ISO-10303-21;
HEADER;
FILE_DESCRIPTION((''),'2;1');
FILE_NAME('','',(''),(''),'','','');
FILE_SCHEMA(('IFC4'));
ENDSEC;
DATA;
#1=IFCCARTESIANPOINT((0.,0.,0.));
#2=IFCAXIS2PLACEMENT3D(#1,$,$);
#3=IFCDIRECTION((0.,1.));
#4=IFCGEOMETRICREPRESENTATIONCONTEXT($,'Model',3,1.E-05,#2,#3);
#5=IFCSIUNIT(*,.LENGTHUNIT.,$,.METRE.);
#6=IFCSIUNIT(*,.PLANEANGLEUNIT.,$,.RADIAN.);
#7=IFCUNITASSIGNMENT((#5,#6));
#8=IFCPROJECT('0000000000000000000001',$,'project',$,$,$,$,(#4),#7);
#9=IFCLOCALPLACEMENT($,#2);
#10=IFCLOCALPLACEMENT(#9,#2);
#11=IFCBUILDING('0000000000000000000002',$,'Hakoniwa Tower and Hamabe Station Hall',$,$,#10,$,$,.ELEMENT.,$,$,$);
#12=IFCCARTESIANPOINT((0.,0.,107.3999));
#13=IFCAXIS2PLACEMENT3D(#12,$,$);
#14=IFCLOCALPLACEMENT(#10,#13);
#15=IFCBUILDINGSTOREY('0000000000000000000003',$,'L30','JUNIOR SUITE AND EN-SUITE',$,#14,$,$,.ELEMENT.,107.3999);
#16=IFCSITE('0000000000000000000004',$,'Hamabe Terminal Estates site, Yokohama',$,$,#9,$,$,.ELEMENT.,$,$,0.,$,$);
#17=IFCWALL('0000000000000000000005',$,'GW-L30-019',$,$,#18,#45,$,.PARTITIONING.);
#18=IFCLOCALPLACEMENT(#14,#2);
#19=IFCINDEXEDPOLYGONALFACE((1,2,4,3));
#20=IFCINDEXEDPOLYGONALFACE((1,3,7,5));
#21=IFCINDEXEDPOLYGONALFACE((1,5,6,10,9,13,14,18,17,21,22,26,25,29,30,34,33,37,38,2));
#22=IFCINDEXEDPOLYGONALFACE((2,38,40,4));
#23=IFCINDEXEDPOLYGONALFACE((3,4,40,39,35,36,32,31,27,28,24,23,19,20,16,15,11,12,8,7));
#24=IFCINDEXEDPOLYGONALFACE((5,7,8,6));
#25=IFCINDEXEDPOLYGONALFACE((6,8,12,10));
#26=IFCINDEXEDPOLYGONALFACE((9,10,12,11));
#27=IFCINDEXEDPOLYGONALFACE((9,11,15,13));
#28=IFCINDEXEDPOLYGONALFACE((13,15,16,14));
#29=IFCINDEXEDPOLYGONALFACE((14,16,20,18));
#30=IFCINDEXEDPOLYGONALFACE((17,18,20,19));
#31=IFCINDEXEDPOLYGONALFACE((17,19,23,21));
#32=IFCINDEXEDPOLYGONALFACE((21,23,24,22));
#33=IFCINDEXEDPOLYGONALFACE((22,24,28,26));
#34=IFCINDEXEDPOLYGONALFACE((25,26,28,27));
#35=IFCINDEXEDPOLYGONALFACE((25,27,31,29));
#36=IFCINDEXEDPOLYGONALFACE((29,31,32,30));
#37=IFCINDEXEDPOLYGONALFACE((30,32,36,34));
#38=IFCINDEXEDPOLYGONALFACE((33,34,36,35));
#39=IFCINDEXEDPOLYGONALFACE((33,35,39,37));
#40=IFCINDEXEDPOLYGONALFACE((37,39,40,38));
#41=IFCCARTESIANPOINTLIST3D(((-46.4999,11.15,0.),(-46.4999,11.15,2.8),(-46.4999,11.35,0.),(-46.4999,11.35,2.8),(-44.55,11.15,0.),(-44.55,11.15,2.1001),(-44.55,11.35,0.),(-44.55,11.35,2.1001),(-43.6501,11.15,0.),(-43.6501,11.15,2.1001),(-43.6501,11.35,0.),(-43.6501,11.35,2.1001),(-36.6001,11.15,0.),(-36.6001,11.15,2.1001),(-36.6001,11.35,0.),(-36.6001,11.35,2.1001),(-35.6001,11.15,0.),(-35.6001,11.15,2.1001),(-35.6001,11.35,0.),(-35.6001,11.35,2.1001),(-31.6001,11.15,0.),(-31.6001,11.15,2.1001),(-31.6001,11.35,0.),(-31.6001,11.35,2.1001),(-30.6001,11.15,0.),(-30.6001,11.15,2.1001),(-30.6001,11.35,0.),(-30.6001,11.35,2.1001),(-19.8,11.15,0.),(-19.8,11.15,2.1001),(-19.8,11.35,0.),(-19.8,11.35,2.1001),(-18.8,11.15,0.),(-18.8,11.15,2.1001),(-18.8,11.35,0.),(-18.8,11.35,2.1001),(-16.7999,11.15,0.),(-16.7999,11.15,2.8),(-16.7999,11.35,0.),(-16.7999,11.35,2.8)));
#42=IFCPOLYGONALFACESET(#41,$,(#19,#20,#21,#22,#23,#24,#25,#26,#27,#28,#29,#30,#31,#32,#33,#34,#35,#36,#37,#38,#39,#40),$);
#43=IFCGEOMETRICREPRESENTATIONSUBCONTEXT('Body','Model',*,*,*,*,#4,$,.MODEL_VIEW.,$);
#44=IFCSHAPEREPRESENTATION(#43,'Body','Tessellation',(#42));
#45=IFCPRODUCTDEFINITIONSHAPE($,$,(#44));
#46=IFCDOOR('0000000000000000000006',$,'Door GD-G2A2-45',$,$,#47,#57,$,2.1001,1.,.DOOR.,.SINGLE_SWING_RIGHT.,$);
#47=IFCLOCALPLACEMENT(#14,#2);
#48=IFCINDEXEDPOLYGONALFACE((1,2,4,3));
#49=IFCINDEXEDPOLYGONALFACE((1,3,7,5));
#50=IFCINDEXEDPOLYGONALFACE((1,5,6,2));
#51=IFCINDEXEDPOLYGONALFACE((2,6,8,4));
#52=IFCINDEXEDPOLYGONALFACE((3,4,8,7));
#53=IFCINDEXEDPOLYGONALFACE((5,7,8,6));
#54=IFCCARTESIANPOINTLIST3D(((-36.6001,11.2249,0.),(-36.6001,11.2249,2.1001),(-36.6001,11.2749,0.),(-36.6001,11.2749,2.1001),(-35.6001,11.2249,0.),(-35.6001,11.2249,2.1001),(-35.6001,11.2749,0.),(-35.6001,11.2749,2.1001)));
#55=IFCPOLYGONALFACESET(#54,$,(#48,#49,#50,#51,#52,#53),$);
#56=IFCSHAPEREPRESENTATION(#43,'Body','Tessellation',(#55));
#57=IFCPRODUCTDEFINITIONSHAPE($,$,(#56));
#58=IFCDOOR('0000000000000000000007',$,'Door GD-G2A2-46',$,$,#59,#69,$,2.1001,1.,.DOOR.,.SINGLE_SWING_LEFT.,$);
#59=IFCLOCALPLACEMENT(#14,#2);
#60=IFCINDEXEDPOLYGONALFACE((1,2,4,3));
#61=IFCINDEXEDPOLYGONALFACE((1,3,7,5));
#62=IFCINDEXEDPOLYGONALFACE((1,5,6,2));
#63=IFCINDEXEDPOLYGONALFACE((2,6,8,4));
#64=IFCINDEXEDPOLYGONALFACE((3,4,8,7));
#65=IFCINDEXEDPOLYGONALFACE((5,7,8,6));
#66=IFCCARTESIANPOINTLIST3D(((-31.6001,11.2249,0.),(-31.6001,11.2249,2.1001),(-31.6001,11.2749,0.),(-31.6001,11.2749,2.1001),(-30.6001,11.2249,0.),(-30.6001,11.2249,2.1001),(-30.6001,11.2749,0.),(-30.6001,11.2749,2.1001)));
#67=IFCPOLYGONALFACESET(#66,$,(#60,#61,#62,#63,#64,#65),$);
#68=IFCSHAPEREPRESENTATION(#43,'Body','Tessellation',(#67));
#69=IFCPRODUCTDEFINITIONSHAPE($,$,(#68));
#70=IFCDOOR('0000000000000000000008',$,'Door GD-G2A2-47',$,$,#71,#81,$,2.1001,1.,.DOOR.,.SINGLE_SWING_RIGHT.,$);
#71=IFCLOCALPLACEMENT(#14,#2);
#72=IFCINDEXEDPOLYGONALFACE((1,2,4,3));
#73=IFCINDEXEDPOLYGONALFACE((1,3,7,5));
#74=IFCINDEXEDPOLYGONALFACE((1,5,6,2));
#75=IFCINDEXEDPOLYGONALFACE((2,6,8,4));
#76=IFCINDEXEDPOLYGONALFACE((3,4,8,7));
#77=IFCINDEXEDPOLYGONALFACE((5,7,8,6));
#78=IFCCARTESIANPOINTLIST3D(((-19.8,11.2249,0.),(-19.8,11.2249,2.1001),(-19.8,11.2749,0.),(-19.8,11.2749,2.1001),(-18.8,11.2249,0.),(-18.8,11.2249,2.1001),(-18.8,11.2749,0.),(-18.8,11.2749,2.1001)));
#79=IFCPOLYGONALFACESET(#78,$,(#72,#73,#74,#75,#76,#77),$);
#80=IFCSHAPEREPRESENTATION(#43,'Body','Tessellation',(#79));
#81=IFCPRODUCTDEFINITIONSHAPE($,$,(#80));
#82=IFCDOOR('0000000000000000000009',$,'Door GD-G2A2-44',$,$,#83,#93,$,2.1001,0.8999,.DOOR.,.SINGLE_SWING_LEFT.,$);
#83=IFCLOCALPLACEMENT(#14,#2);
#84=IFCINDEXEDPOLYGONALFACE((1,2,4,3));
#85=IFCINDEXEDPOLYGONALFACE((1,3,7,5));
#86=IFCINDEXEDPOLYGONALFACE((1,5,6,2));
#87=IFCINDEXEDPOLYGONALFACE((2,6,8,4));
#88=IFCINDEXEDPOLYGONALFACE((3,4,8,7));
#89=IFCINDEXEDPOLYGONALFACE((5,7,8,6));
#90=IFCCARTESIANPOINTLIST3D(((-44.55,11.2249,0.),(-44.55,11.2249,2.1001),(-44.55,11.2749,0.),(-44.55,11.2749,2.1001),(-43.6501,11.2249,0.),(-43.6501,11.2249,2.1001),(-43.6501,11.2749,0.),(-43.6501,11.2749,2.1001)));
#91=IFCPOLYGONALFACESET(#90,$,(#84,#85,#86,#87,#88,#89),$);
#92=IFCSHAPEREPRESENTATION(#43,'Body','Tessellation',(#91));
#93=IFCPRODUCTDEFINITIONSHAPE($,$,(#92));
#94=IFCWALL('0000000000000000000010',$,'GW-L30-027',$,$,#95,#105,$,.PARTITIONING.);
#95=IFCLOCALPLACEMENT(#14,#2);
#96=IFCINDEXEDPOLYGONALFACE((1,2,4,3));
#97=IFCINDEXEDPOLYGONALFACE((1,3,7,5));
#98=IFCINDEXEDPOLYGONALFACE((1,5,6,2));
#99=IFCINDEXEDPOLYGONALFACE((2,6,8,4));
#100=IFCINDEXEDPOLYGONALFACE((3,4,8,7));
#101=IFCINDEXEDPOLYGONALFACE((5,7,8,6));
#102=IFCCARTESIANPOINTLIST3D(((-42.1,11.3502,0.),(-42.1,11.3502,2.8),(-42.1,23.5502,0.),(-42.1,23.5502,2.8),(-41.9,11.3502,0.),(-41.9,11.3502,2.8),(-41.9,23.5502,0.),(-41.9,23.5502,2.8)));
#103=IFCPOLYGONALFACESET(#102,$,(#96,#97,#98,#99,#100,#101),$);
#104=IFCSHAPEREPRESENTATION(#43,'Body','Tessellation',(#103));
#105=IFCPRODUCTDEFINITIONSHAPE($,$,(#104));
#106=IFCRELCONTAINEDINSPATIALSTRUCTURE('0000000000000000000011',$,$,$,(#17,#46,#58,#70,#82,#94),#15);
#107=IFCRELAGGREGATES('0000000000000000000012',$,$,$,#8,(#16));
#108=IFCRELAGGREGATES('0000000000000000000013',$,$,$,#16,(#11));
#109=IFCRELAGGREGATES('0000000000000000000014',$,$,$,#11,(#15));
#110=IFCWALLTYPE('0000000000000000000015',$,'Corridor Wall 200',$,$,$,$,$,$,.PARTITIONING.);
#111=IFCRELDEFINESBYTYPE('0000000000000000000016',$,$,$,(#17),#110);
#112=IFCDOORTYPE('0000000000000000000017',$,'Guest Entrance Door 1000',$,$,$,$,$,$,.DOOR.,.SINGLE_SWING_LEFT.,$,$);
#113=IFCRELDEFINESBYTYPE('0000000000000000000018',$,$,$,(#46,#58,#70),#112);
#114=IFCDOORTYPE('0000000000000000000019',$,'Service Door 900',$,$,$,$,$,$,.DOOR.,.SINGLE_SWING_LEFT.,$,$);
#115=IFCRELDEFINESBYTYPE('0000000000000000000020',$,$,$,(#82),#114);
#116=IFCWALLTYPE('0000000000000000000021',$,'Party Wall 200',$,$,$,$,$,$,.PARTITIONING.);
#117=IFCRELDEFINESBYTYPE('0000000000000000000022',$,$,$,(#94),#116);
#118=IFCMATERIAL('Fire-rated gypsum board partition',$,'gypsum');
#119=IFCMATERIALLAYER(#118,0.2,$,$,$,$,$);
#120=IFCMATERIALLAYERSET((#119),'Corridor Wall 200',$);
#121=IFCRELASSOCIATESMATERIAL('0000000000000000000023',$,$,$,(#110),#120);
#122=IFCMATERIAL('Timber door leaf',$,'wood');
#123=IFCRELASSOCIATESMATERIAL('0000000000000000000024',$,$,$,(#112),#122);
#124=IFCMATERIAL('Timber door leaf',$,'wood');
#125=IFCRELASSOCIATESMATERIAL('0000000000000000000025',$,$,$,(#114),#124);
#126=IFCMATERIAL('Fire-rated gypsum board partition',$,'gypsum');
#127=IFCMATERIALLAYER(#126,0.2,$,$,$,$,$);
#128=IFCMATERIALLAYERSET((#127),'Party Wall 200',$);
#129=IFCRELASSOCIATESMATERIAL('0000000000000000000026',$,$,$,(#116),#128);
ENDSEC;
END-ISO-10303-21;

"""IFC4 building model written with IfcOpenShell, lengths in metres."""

from ifc_helpers import new_model, si_unit, direction, frame, frame_2d, origin, place, context, subcontext, project, spatial, rectangle, extrude, material, layer, layer_set, type_object, element, fill, save


model = new_model("IFC4")

# Units and contexts
model_context = context("Model", 3, precision=1e-05, world=origin(), true_north=direction((0.0, 1.0)))
body_context = subcontext(model_context, "Body", "Model", "MODEL_VIEW")
ifc_project = project(units=[si_unit("LENGTHUNIT", "METRE"), si_unit("PLANEANGLEUNIT", "RADIAN")], contexts=[model_context])

# Site, building, storey
site_placement = place(None, origin())
site = spatial("IfcSite", under=ifc_project, at=site_placement, Name="Hamabe Terminal Estates site, Yokohama", CompositionType="ELEMENT", RefElevation=0.0)
building_placement = place(site_placement, origin())
building = spatial("IfcBuilding", under=site, at=building_placement, Name="Hakoniwa Tower and Hamabe Station Hall", CompositionType="ELEMENT")
storey_placement = place(building_placement, frame((0.0, 0.0, 107.3999)))
storey = spatial("IfcBuildingStorey", under=building, at=storey_placement, Name="L30", Description="JUNIOR SUITE AND EN-SUITE", CompositionType="ELEMENT", Elevation=107.3999)

# Shared definitions
ifc_material_1 = material(Name="Fire-rated gypsum board partition", Category="gypsum")
ifc_layer_1 = layer(ifc_material_1, 0.2)
ifc_layer_set_1 = layer_set([ifc_layer_1], Name="Corridor Wall 200")
wall_type_1 = type_object("IfcWallType", Name="Corridor Wall 200", PredefinedType="PARTITIONING", material=ifc_layer_set_1)
ifc_material_2 = material(Name="Timber door leaf", Category="wood")
door_type_1 = type_object("IfcDoorType", Name="Guest Entrance Door 1000", OperationType="SINGLE_SWING_LEFT", PredefinedType="DOOR", material=ifc_material_2)

# Wall, openings, doors
wall_1_placement = place(storey_placement, frame((-46.5, 11.25, 0.0), z_axis=(0.0, 0.0, 1.0), x_axis=(1.0, 0.0, 0.0)))
wall_1 = element("IfcWall", 1, at=wall_1_placement, inside=storey, type_object=wall_type_1, Name="GW-L30-019", PredefinedType="PARTITIONING", context=body_context, shape_type="SweptSolid", body=[
    extrude(rectangle(XDim=29.7, YDim=0.2, at=frame_2d((14.8501, 0.0))), origin(), (0.0, 0.0, 1.0), 2.8),
])
opening_1_placement = place(wall_1_placement, frame((1.95, 0.0, 0.0)))
opening_1 = element("IfcOpeningElement", 2, at=opening_1_placement, cuts=wall_1, PredefinedType="OPENING", context=body_context, shape_type="SweptSolid", body=[
    extrude(rectangle(XDim=0.8999, YDim=2.1001, at=frame_2d((0.45, 1.05))), frame((0.0, 0.1099, 0.0), z_axis=(0.0, -1.0, 0.0), x_axis=(1.0, 0.0, 0.0)), (0.0, 0.0, 1.0), 0.22),
])
opening_2_placement = place(wall_1_placement, frame((9.8999, 0.0, 0.0)))
opening_2 = element("IfcOpeningElement", 3, at=opening_2_placement, cuts=wall_1, PredefinedType="OPENING", context=body_context, shape_type="SweptSolid", body=[
    extrude(rectangle(XDim=1.0, YDim=2.1001, at=frame_2d((0.5, 1.05))), frame((0.0, 0.1099, 0.0), z_axis=(0.0, -1.0, 0.0), x_axis=(1.0, 0.0, 0.0)), (0.0, 0.0, 1.0), 0.22),
])
opening_3_placement = place(wall_1_placement, frame((14.8999, 0.0, 0.0)))
opening_3 = element("IfcOpeningElement", 4, at=opening_3_placement, cuts=wall_1, PredefinedType="OPENING", context=body_context, shape_type="SweptSolid", body=[
    extrude(rectangle(XDim=1.0, YDim=2.1001, at=frame_2d((0.5, 1.05))), frame((0.0, 0.1099, 0.0), z_axis=(0.0, -1.0, 0.0), x_axis=(1.0, 0.0, 0.0)), (0.0, 0.0, 1.0), 0.22),
])
opening_4_placement = place(wall_1_placement, frame((26.7, 0.0, 0.0)))
opening_4 = element("IfcOpeningElement", 5, at=opening_4_placement, cuts=wall_1, PredefinedType="OPENING", context=body_context, shape_type="SweptSolid", body=[
    extrude(rectangle(XDim=1.0, YDim=2.1001, at=frame_2d((0.5, 1.05))), frame((0.0, 0.1099, 0.0), z_axis=(0.0, -1.0, 0.0), x_axis=(1.0, 0.0, 0.0)), (0.0, 0.0, 1.0), 0.22),
])
door_1_placement = place(opening_2_placement, origin())
door_1 = element("IfcDoor", 6, at=door_1_placement, inside=storey, type_object=door_type_1, Name="Door GD-G2A2-45", OperationType="SINGLE_SWING_RIGHT", OverallHeight=2.1001, OverallWidth=1.0, PredefinedType="DOOR", context=body_context, shape_type="SweptSolid", body=[
    extrude(rectangle(XDim=1.0, YDim=2.1001, at=frame_2d((0.5, 1.05))), frame((0.0, 0.0249, 0.0), z_axis=(0.0, -1.0, 0.0), x_axis=(1.0, 0.0, 0.0)), (0.0, 0.0, 1.0), 0.05),
])
fill(opening_2, door_1)
door_2_placement = place(opening_3_placement, origin())
door_2 = element("IfcDoor", 7, at=door_2_placement, inside=storey, type_object=door_type_1, Name="Door GD-G2A2-46", OperationType="SINGLE_SWING_LEFT", OverallHeight=2.1001, OverallWidth=1.0, PredefinedType="DOOR", context=body_context, shape_type="SweptSolid", body=[
    extrude(rectangle(XDim=1.0, YDim=2.1001, at=frame_2d((0.5, 1.05))), frame((0.0, 0.0249, 0.0), z_axis=(0.0, -1.0, 0.0), x_axis=(1.0, 0.0, 0.0)), (0.0, 0.0, 1.0), 0.05),
])
fill(opening_3, door_2)
door_3_placement = place(opening_4_placement, origin())
door_3 = element("IfcDoor", 8, at=door_3_placement, inside=storey, type_object=door_type_1, Name="Door GD-G2A2-47", OperationType="SINGLE_SWING_RIGHT", OverallHeight=2.1001, OverallWidth=1.0, PredefinedType="DOOR", context=body_context, shape_type="SweptSolid", body=[
    extrude(rectangle(XDim=1.0, YDim=2.1001, at=frame_2d((0.5, 1.05))), frame((0.0, 0.0249, 0.0), z_axis=(0.0, -1.0, 0.0), x_axis=(1.0, 0.0, 0.0)), (0.0, 0.0, 1.0), 0.05),
])
fill(opening_4, door_3)
ifc_material_3 = material(Name="Timber door leaf", Category="wood")
door_type_2 = type_object("IfcDoorType", Name="Service Door 900", OperationType="SINGLE_SWING_LEFT", PredefinedType="DOOR", material=ifc_material_3)
door_4_placement = place(opening_1_placement, origin())
door_4 = element("IfcDoor", 9, at=door_4_placement, inside=storey, type_object=door_type_2, Name="Door GD-G2A2-44", OperationType="SINGLE_SWING_LEFT", OverallHeight=2.1001, OverallWidth=0.8999, PredefinedType="DOOR", context=body_context, shape_type="SweptSolid", body=[
    extrude(rectangle(XDim=0.8999, YDim=2.1001, at=frame_2d((0.45, 1.05))), frame((0.0, 0.0249, 0.0), z_axis=(0.0, -1.0, 0.0), x_axis=(1.0, 0.0, 0.0)), (0.0, 0.0, 1.0), 0.05),
])
fill(opening_1, door_4)

# Wall
ifc_material_4 = material(Name="Fire-rated gypsum board partition", Category="gypsum")
ifc_layer_2 = layer(ifc_material_4, 0.2)
ifc_layer_set_2 = layer_set([ifc_layer_2], Name="Party Wall 200")
wall_type_2 = type_object("IfcWallType", Name="Party Wall 200", PredefinedType="PARTITIONING", material=ifc_layer_set_2)
wall_2_placement = place(storey_placement, frame((-42.0, 11.3501, 0.0), z_axis=(0.0, 0.0, 1.0), x_axis=(0.0, 1.0, 0.0)))
element("IfcWall", 10, at=wall_2_placement, inside=storey, type_object=wall_type_2, Name="GW-L30-027", PredefinedType="PARTITIONING", context=body_context, shape_type="SweptSolid", body=[
    extrude(rectangle(XDim=12.2, YDim=0.2, at=frame_2d((6.1001, 0.0))), origin(), (0.0, 0.0, 1.0), 2.8),
])

save(model, "model.ifc")
